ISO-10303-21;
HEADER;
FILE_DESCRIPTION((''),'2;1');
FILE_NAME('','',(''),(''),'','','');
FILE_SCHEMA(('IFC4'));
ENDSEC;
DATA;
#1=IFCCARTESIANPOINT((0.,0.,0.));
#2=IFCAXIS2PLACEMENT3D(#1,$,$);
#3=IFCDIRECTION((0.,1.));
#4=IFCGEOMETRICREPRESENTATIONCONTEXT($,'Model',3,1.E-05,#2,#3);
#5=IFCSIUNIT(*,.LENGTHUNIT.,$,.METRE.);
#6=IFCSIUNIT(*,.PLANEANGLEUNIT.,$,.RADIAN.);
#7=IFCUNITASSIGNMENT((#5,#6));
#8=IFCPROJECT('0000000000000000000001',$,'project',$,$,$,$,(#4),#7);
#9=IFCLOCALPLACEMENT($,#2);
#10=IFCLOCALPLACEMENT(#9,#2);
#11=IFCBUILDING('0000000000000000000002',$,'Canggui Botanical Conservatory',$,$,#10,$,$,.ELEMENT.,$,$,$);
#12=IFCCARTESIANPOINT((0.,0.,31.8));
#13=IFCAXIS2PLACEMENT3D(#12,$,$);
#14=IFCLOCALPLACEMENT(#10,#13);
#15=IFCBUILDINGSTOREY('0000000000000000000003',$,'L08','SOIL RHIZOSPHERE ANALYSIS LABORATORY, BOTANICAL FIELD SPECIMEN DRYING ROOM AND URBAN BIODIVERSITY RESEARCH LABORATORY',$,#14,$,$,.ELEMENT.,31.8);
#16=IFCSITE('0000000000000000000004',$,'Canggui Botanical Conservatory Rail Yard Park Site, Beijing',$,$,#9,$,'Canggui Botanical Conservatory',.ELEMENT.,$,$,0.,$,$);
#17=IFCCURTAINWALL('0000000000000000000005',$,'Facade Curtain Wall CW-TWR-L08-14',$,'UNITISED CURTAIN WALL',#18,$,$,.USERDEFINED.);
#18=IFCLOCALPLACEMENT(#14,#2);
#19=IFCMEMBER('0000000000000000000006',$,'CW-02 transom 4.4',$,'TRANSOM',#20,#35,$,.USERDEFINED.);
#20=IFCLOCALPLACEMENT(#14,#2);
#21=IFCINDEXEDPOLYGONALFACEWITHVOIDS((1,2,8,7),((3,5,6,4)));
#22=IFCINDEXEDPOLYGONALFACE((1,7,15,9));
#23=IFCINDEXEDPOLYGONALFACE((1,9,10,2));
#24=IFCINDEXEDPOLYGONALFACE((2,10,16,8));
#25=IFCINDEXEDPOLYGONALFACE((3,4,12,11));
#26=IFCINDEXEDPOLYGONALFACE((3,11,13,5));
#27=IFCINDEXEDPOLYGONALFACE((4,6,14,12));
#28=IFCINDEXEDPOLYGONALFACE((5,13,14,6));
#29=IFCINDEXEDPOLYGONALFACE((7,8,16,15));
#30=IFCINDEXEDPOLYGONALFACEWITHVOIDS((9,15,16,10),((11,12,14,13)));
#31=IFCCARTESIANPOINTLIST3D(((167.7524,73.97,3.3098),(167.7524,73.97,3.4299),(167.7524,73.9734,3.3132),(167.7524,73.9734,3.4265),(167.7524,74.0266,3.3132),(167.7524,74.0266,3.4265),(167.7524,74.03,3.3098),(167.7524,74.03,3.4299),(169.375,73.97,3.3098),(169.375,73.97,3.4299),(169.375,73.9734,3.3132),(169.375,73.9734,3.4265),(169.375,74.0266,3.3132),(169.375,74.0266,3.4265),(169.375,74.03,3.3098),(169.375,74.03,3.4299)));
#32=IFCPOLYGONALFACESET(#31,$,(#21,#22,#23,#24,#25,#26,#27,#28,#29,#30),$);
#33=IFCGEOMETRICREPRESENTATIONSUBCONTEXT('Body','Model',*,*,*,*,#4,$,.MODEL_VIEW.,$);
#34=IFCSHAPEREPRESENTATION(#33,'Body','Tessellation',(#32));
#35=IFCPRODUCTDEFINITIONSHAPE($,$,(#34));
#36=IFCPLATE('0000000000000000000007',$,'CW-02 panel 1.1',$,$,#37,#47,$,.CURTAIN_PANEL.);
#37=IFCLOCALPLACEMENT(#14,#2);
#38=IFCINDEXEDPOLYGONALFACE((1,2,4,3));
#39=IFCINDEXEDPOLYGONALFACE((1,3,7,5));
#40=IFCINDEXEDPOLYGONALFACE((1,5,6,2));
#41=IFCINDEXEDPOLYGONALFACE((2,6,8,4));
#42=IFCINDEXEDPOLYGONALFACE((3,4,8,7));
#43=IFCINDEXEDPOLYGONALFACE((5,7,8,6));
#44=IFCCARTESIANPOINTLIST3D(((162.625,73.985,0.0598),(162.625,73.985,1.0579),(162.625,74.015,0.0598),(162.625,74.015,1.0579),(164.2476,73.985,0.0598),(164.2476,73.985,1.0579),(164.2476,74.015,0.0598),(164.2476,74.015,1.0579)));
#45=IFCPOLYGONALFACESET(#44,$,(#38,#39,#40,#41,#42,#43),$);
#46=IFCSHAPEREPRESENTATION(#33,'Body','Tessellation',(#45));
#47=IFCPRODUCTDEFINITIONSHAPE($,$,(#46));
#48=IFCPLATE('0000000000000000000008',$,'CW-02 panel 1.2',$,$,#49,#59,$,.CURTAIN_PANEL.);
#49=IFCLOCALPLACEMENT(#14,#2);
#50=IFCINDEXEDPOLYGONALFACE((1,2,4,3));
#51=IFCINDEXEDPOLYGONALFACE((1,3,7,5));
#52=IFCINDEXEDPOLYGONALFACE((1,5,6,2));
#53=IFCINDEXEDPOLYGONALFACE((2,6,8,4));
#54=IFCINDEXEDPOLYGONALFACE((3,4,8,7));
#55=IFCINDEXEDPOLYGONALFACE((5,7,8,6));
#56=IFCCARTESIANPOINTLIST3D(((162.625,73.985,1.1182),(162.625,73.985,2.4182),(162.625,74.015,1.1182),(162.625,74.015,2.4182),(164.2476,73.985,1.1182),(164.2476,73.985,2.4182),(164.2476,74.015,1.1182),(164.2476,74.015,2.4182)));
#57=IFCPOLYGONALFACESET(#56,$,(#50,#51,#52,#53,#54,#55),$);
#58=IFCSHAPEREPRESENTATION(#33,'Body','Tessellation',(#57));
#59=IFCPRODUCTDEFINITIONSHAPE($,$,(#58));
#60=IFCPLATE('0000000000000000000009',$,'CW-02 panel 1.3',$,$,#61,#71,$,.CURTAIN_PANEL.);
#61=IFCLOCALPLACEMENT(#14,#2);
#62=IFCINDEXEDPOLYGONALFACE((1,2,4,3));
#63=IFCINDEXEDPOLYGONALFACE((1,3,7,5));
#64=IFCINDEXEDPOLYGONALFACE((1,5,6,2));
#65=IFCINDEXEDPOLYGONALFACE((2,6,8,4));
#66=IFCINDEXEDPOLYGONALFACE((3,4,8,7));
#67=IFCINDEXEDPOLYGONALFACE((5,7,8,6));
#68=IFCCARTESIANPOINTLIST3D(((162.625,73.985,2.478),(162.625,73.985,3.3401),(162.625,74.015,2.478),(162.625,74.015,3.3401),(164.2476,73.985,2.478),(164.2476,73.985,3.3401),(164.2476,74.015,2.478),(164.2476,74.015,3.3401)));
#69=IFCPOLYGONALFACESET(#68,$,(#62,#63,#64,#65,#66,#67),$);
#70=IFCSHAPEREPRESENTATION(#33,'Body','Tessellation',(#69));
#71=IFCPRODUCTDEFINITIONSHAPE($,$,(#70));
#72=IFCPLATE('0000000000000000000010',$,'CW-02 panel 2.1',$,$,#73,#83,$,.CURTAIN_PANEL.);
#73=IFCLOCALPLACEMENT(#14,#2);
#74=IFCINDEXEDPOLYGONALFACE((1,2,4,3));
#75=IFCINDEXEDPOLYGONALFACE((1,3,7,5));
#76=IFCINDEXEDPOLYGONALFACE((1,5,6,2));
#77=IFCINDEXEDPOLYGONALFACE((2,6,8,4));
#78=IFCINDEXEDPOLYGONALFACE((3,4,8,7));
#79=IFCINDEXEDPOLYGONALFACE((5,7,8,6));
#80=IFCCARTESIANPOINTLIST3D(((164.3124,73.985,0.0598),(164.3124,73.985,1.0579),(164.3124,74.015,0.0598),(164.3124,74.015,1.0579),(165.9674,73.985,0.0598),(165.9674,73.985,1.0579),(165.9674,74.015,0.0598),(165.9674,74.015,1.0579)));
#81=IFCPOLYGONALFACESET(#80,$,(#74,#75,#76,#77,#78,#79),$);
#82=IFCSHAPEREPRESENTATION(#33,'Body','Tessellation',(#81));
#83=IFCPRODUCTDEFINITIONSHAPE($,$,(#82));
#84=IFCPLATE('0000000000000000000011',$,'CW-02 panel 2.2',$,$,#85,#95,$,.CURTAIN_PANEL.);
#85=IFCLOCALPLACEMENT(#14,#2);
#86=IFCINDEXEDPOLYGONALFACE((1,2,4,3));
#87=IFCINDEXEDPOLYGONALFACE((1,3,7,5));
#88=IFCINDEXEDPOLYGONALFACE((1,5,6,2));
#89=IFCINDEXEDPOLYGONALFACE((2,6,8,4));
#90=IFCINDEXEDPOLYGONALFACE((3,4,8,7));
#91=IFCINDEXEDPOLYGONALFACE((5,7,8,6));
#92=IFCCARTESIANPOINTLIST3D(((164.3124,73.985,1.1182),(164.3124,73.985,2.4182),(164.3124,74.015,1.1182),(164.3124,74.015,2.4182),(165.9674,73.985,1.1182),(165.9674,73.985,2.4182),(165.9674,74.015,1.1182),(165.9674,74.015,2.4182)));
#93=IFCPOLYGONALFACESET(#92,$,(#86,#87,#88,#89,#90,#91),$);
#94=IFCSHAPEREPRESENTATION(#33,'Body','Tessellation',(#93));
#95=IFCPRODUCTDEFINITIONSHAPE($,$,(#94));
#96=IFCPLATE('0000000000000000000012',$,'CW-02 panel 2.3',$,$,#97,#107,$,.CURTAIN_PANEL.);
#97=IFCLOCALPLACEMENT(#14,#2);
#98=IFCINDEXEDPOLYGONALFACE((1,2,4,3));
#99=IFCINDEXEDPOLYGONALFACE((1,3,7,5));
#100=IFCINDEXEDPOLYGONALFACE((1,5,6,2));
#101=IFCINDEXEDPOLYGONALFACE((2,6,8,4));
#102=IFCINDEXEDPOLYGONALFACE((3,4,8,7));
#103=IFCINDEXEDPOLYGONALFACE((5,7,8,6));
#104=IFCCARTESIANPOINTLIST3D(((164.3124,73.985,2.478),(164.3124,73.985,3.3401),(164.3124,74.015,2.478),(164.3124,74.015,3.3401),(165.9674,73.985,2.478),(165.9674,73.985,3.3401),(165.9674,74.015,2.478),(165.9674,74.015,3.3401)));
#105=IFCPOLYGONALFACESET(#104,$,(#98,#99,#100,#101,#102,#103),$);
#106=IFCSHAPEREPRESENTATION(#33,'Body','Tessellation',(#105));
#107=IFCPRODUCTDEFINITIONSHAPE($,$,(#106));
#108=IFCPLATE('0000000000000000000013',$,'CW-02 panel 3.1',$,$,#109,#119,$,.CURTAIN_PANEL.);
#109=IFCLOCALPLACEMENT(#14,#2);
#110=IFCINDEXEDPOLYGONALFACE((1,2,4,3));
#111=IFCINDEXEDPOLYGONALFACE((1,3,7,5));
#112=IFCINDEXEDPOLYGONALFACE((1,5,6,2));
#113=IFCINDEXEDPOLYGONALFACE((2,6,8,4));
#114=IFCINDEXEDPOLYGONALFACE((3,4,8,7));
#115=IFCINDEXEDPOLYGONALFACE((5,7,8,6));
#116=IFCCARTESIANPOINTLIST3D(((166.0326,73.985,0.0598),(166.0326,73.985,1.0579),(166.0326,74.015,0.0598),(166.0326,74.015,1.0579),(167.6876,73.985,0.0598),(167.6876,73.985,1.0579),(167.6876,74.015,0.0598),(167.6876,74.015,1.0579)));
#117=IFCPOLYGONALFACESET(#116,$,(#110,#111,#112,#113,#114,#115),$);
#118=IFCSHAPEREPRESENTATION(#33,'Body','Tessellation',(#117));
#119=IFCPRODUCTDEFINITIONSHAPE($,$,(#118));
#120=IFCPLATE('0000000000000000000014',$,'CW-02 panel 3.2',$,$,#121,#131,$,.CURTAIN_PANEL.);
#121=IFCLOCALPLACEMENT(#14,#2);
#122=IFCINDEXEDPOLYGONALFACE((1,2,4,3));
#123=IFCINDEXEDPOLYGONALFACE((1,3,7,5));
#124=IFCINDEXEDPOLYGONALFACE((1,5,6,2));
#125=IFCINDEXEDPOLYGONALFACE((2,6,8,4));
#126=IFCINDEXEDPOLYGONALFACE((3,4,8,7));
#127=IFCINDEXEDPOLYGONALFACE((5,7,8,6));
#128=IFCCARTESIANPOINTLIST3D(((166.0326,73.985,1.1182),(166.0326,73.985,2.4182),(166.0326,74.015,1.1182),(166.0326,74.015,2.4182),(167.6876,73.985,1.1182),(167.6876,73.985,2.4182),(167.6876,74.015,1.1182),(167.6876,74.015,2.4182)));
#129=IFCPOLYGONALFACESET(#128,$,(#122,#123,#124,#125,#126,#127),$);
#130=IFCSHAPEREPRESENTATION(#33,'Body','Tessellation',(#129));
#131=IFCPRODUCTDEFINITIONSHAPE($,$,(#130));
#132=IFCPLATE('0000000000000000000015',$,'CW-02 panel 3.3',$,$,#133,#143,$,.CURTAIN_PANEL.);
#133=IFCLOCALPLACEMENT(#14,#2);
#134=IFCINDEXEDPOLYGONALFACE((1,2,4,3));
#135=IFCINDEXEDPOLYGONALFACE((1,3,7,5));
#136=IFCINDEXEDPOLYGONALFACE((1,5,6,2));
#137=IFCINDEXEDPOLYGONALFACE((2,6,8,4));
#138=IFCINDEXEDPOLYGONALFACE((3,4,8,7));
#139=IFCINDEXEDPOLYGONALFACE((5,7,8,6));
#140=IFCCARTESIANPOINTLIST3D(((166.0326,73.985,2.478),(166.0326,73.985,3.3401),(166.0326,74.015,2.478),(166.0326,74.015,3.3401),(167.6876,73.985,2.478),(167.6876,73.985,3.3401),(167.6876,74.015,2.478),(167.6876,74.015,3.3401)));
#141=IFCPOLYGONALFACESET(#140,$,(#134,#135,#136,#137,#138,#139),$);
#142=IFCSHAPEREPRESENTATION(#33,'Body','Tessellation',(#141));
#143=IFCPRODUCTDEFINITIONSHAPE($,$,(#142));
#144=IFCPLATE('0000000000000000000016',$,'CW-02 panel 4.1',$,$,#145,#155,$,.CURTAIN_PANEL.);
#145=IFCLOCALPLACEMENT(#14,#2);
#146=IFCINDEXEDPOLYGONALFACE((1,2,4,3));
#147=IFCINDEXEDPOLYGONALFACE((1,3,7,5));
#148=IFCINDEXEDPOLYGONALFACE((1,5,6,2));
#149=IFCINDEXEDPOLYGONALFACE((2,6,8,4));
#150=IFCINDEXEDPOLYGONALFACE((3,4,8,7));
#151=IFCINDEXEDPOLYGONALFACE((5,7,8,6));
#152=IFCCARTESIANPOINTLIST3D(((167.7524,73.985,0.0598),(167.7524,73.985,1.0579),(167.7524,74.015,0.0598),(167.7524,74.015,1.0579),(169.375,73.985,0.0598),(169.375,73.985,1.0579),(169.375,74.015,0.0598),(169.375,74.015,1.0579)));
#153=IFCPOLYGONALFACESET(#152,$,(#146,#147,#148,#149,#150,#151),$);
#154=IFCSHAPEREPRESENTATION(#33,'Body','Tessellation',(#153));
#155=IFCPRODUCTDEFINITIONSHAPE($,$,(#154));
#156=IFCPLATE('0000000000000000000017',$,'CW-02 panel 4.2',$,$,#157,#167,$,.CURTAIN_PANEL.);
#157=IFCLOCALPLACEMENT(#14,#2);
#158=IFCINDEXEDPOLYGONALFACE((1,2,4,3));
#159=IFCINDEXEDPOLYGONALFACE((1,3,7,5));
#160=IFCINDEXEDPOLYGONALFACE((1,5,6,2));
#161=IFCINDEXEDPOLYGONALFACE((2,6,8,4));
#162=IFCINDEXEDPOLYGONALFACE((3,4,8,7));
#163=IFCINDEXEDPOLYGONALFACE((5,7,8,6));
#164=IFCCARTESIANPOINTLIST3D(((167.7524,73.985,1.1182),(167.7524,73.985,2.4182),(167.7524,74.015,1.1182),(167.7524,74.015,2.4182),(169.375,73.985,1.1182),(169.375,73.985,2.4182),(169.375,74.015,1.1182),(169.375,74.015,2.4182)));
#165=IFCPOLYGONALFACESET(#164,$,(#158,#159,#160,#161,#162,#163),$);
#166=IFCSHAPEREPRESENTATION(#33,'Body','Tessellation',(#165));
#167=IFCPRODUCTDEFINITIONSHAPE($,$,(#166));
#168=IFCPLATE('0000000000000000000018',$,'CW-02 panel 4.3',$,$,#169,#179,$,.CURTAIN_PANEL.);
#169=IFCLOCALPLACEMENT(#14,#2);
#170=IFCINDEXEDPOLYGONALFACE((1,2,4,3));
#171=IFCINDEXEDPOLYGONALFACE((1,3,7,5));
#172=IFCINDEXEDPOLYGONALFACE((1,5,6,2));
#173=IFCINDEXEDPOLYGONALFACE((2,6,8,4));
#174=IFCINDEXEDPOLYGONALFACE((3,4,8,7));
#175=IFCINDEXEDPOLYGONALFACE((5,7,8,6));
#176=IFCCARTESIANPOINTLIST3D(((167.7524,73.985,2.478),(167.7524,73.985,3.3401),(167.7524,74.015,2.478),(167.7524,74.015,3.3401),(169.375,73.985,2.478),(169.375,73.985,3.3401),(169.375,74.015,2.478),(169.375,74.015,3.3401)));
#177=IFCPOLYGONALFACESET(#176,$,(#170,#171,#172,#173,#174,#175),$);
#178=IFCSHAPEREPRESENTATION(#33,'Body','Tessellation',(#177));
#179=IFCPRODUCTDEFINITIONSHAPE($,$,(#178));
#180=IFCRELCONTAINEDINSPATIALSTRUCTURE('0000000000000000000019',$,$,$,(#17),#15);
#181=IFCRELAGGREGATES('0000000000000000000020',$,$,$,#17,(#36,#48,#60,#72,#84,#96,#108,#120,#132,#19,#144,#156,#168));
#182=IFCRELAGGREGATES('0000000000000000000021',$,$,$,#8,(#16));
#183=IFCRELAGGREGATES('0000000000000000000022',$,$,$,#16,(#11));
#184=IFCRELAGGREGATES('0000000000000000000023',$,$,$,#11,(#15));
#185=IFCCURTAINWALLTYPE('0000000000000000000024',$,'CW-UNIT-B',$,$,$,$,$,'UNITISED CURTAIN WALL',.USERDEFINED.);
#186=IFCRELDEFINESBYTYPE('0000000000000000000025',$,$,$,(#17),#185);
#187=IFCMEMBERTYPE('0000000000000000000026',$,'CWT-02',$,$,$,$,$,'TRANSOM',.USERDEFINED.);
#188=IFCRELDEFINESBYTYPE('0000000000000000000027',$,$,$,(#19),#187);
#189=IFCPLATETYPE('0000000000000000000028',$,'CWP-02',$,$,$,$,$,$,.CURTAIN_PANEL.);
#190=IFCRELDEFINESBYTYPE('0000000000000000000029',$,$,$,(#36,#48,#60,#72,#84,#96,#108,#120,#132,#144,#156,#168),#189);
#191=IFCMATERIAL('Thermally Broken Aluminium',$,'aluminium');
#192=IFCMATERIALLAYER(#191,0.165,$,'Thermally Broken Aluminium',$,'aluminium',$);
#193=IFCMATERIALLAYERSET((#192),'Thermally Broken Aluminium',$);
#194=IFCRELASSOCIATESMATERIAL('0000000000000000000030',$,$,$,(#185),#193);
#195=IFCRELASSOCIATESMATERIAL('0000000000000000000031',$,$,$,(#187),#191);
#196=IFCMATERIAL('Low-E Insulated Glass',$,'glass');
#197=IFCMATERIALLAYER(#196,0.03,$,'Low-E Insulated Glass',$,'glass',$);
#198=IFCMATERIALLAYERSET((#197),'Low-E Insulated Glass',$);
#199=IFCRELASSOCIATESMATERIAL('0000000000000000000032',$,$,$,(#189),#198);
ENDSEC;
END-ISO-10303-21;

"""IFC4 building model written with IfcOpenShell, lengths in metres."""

from ifc_helpers import new_model, si_unit, direction, frame, origin, origin_2d, place, context, subcontext, project, spatial, rectangle, hollow_rectangle, extrude, material, layer, layer_set, material_profile, profile_set, type_object, element, aggregate, save


model = new_model("IFC4")

# Units and contexts
model_context = context("Model", 3, precision=1e-05, world=origin(), true_north=direction((0.0, 1.0)))
body_context = subcontext(model_context, "Body", "Model", "MODEL_VIEW")
ifc_project = project(units=[si_unit("LENGTHUNIT", "METRE"), si_unit("PLANEANGLEUNIT", "RADIAN")], contexts=[model_context])

# Site, building, storey
site_placement = place(None, origin())
site = spatial("IfcSite", under=ifc_project, at=site_placement, Name="Canggui Botanical Conservatory Rail Yard Park Site, Beijing", LongName="Canggui Botanical Conservatory", CompositionType="ELEMENT", RefElevation=0.0)
building_placement = place(site_placement, origin())
building = spatial("IfcBuilding", under=site, at=building_placement, Name="Canggui Botanical Conservatory", CompositionType="ELEMENT")
storey_placement = place(building_placement, frame((0.0, 0.0, 31.8)))
storey = spatial("IfcBuildingStorey", under=building, at=storey_placement, Name="L08", Description="SOIL RHIZOSPHERE ANALYSIS LABORATORY, BOTANICAL FIELD SPECIMEN DRYING ROOM AND URBAN BIODIVERSITY RESEARCH LABORATORY", CompositionType="ELEMENT", Elevation=31.8)

# Curtain wall, member, plates
ifc_material_1 = material(Name="Thermally Broken Aluminium", Category="aluminium")
ifc_layer_1 = layer(ifc_material_1, 0.165, Name="Thermally Broken Aluminium", Category="aluminium")
ifc_layer_set_1 = layer_set([ifc_layer_1], Name="Thermally Broken Aluminium")
curtain_wall_type = type_object("IfcCurtainWallType", Name="CW-UNIT-B", ElementType="UNITISED CURTAIN WALL", PredefinedType="USERDEFINED", material=ifc_layer_set_1)
curtain_wall_placement = place(storey_placement, origin())
curtain_wall = element("IfcCurtainWall", 1, at=curtain_wall_placement, inside=storey, type_object=curtain_wall_type, Name="Facade Curtain Wall CW-TWR-L08-14", ObjectType="UNITISED CURTAIN WALL", PredefinedType="USERDEFINED")
ifc_material_profile_1 = material_profile(ifc_material_1, hollow_rectangle(XDim=0.0601, YDim=0.1201, WallThickness=0.0034, at=origin_2d()), Name="CWT 60x120x3.5")
ifc_profile_set_1 = profile_set([ifc_material_profile_1], Name="Thermally Broken Aluminium")
member_type_1 = type_object("IfcMemberType", Name="CWT-02", ElementType="TRANSOM", PredefinedType="USERDEFINED", material=ifc_profile_set_1)
member_1_placement = place(storey_placement, frame((167.7524, 74.0, 3.3699), z_axis=(1.0, 0.0, 0.0), x_axis=(0.0, 1.0, 0.0)))
member_1 = element("IfcMember", 2, at=member_1_placement, type_object=member_type_1, Name="CW-02 transom 4.4", ObjectType="TRANSOM", PredefinedType="USERDEFINED", context=body_context, shape_type="SweptSolid", body=[
    extrude(hollow_rectangle(XDim=0.0601, YDim=0.1201, WallThickness=0.0034, at=origin_2d()), origin(), (0.0, 0.0, 1.0), 1.6226),
])
ifc_material_2 = material(Name="Low-E Insulated Glass", Category="glass")
ifc_layer_2 = layer(ifc_material_2, 0.03, Name="Low-E Insulated Glass", Category="glass")
ifc_layer_set_2 = layer_set([ifc_layer_2], Name="Low-E Insulated Glass")
plate_type = type_object("IfcPlateType", Name="CWP-02", PredefinedType="CURTAIN_PANEL", material=ifc_layer_set_2)
plate_1_placement = place(storey_placement, frame((163.4363, 74.0, 0.0598), z_axis=(0.0, 0.0, 1.0), x_axis=(1.0, 0.0, 0.0)))
plate_1 = element("IfcPlate", 3, at=plate_1_placement, type_object=plate_type, Name="CW-02 panel 1.1", PredefinedType="CURTAIN_PANEL", context=body_context, shape_type="SweptSolid", body=[
    extrude(rectangle(XDim=1.6226, YDim=0.03, at=origin_2d()), origin(), (0.0, 0.0, 1.0), 0.998),
])
plate_2_placement = place(storey_placement, frame((163.4363, 74.0, 1.1182), z_axis=(0.0, 0.0, 1.0), x_axis=(1.0, 0.0, 0.0)))
plate_2 = element("IfcPlate", 4, at=plate_2_placement, type_object=plate_type, Name="CW-02 panel 1.2", PredefinedType="CURTAIN_PANEL", context=body_context, shape_type="SweptSolid", body=[
    extrude(rectangle(XDim=1.6226, YDim=0.03, at=origin_2d()), origin(), (0.0, 0.0, 1.0), 1.3),
])
plate_3_placement = place(storey_placement, frame((163.4363, 74.0, 2.478), z_axis=(0.0, 0.0, 1.0), x_axis=(1.0, 0.0, 0.0)))
plate_3 = element("IfcPlate", 5, at=plate_3_placement, type_object=plate_type, Name="CW-02 panel 1.3", PredefinedType="CURTAIN_PANEL", context=body_context, shape_type="SweptSolid", body=[
    extrude(rectangle(XDim=1.6226, YDim=0.03, at=origin_2d()), origin(), (0.0, 0.0, 1.0), 0.8621),
])
plate_4_placement = place(storey_placement, frame((165.1399, 74.0, 0.0598), z_axis=(0.0, 0.0, 1.0), x_axis=(1.0, 0.0, 0.0)))
plate_4 = element("IfcPlate", 6, at=plate_4_placement, type_object=plate_type, Name="CW-02 panel 2.1", PredefinedType="CURTAIN_PANEL", context=body_context, shape_type="SweptSolid", body=[
    extrude(rectangle(XDim=1.655, YDim=0.03, at=origin_2d()), origin(), (0.0, 0.0, 1.0), 0.998),
])
plate_5_placement = place(storey_placement, frame((165.1399, 74.0, 1.1182), z_axis=(0.0, 0.0, 1.0), x_axis=(1.0, 0.0, 0.0)))
plate_5 = element("IfcPlate", 7, at=plate_5_placement, type_object=plate_type, Name="CW-02 panel 2.2", PredefinedType="CURTAIN_PANEL", context=body_context, shape_type="SweptSolid", body=[
    extrude(rectangle(XDim=1.655, YDim=0.03, at=origin_2d()), origin(), (0.0, 0.0, 1.0), 1.3),
])
plate_6_placement = place(storey_placement, frame((165.1399, 74.0, 2.478), z_axis=(0.0, 0.0, 1.0), x_axis=(1.0, 0.0, 0.0)))
plate_6 = element("IfcPlate", 8, at=plate_6_placement, type_object=plate_type, Name="CW-02 panel 2.3", PredefinedType="CURTAIN_PANEL", context=body_context, shape_type="SweptSolid", body=[
    extrude(rectangle(XDim=1.655, YDim=0.03, at=origin_2d()), origin(), (0.0, 0.0, 1.0), 0.8621),
])
plate_7_placement = place(storey_placement, frame((166.8601, 74.0, 0.0598), z_axis=(0.0, 0.0, 1.0), x_axis=(1.0, 0.0, 0.0)))
plate_7 = element("IfcPlate", 9, at=plate_7_placement, type_object=plate_type, Name="CW-02 panel 3.1", PredefinedType="CURTAIN_PANEL", context=body_context, shape_type="SweptSolid", body=[
    extrude(rectangle(XDim=1.655, YDim=0.03, at=origin_2d()), origin(), (0.0, 0.0, 1.0), 0.998),
])
plate_8_placement = place(storey_placement, frame((166.8601, 74.0, 1.1182), z_axis=(0.0, 0.0, 1.0), x_axis=(1.0, 0.0, 0.0)))
plate_8 = element("IfcPlate", 10, at=plate_8_placement, type_object=plate_type, Name="CW-02 panel 3.2", PredefinedType="CURTAIN_PANEL", context=body_context, shape_type="SweptSolid", body=[
    extrude(rectangle(XDim=1.655, YDim=0.03, at=origin_2d()), origin(), (0.0, 0.0, 1.0), 1.3),
])
plate_9_placement = place(storey_placement, frame((166.8601, 74.0, 2.478), z_axis=(0.0, 0.0, 1.0), x_axis=(1.0, 0.0, 0.0)))
plate_9 = element("IfcPlate", 11, at=plate_9_placement, type_object=plate_type, Name="CW-02 panel 3.3", PredefinedType="CURTAIN_PANEL", context=body_context, shape_type="SweptSolid", body=[
    extrude(rectangle(XDim=1.655, YDim=0.03, at=origin_2d()), origin(), (0.0, 0.0, 1.0), 0.8621),
])
plate_10_placement = place(storey_placement, frame((168.5637, 74.0, 0.0598), z_axis=(0.0, 0.0, 1.0), x_axis=(1.0, 0.0, 0.0)))
plate_10 = element("IfcPlate", 12, at=plate_10_placement, type_object=plate_type, Name="CW-02 panel 4.1", PredefinedType="CURTAIN_PANEL", context=body_context, shape_type="SweptSolid", body=[
    extrude(rectangle(XDim=1.6226, YDim=0.03, at=origin_2d()), origin(), (0.0, 0.0, 1.0), 0.998),
])
plate_11_placement = place(storey_placement, frame((168.5637, 74.0, 1.1182), z_axis=(0.0, 0.0, 1.0), x_axis=(1.0, 0.0, 0.0)))
plate_11 = element("IfcPlate", 13, at=plate_11_placement, type_object=plate_type, Name="CW-02 panel 4.2", PredefinedType="CURTAIN_PANEL", context=body_context, shape_type="SweptSolid", body=[
    extrude(rectangle(XDim=1.6226, YDim=0.03, at=origin_2d()), origin(), (0.0, 0.0, 1.0), 1.3),
])
plate_12_placement = place(storey_placement, frame((168.5637, 74.0, 2.478), z_axis=(0.0, 0.0, 1.0), x_axis=(1.0, 0.0, 0.0)))
plate_12 = element("IfcPlate", 14, at=plate_12_placement, type_object=plate_type, Name="CW-02 panel 4.3", PredefinedType="CURTAIN_PANEL", context=body_context, shape_type="SweptSolid", body=[
    extrude(rectangle(XDim=1.6226, YDim=0.03, at=origin_2d()), origin(), (0.0, 0.0, 1.0), 0.8621),
])
aggregate(curtain_wall, [plate_1, plate_2, plate_3, plate_4, plate_5, plate_6, plate_7, plate_8, plate_9, member_1, plate_10, plate_11, plate_12])

save(model, "model.ifc")
